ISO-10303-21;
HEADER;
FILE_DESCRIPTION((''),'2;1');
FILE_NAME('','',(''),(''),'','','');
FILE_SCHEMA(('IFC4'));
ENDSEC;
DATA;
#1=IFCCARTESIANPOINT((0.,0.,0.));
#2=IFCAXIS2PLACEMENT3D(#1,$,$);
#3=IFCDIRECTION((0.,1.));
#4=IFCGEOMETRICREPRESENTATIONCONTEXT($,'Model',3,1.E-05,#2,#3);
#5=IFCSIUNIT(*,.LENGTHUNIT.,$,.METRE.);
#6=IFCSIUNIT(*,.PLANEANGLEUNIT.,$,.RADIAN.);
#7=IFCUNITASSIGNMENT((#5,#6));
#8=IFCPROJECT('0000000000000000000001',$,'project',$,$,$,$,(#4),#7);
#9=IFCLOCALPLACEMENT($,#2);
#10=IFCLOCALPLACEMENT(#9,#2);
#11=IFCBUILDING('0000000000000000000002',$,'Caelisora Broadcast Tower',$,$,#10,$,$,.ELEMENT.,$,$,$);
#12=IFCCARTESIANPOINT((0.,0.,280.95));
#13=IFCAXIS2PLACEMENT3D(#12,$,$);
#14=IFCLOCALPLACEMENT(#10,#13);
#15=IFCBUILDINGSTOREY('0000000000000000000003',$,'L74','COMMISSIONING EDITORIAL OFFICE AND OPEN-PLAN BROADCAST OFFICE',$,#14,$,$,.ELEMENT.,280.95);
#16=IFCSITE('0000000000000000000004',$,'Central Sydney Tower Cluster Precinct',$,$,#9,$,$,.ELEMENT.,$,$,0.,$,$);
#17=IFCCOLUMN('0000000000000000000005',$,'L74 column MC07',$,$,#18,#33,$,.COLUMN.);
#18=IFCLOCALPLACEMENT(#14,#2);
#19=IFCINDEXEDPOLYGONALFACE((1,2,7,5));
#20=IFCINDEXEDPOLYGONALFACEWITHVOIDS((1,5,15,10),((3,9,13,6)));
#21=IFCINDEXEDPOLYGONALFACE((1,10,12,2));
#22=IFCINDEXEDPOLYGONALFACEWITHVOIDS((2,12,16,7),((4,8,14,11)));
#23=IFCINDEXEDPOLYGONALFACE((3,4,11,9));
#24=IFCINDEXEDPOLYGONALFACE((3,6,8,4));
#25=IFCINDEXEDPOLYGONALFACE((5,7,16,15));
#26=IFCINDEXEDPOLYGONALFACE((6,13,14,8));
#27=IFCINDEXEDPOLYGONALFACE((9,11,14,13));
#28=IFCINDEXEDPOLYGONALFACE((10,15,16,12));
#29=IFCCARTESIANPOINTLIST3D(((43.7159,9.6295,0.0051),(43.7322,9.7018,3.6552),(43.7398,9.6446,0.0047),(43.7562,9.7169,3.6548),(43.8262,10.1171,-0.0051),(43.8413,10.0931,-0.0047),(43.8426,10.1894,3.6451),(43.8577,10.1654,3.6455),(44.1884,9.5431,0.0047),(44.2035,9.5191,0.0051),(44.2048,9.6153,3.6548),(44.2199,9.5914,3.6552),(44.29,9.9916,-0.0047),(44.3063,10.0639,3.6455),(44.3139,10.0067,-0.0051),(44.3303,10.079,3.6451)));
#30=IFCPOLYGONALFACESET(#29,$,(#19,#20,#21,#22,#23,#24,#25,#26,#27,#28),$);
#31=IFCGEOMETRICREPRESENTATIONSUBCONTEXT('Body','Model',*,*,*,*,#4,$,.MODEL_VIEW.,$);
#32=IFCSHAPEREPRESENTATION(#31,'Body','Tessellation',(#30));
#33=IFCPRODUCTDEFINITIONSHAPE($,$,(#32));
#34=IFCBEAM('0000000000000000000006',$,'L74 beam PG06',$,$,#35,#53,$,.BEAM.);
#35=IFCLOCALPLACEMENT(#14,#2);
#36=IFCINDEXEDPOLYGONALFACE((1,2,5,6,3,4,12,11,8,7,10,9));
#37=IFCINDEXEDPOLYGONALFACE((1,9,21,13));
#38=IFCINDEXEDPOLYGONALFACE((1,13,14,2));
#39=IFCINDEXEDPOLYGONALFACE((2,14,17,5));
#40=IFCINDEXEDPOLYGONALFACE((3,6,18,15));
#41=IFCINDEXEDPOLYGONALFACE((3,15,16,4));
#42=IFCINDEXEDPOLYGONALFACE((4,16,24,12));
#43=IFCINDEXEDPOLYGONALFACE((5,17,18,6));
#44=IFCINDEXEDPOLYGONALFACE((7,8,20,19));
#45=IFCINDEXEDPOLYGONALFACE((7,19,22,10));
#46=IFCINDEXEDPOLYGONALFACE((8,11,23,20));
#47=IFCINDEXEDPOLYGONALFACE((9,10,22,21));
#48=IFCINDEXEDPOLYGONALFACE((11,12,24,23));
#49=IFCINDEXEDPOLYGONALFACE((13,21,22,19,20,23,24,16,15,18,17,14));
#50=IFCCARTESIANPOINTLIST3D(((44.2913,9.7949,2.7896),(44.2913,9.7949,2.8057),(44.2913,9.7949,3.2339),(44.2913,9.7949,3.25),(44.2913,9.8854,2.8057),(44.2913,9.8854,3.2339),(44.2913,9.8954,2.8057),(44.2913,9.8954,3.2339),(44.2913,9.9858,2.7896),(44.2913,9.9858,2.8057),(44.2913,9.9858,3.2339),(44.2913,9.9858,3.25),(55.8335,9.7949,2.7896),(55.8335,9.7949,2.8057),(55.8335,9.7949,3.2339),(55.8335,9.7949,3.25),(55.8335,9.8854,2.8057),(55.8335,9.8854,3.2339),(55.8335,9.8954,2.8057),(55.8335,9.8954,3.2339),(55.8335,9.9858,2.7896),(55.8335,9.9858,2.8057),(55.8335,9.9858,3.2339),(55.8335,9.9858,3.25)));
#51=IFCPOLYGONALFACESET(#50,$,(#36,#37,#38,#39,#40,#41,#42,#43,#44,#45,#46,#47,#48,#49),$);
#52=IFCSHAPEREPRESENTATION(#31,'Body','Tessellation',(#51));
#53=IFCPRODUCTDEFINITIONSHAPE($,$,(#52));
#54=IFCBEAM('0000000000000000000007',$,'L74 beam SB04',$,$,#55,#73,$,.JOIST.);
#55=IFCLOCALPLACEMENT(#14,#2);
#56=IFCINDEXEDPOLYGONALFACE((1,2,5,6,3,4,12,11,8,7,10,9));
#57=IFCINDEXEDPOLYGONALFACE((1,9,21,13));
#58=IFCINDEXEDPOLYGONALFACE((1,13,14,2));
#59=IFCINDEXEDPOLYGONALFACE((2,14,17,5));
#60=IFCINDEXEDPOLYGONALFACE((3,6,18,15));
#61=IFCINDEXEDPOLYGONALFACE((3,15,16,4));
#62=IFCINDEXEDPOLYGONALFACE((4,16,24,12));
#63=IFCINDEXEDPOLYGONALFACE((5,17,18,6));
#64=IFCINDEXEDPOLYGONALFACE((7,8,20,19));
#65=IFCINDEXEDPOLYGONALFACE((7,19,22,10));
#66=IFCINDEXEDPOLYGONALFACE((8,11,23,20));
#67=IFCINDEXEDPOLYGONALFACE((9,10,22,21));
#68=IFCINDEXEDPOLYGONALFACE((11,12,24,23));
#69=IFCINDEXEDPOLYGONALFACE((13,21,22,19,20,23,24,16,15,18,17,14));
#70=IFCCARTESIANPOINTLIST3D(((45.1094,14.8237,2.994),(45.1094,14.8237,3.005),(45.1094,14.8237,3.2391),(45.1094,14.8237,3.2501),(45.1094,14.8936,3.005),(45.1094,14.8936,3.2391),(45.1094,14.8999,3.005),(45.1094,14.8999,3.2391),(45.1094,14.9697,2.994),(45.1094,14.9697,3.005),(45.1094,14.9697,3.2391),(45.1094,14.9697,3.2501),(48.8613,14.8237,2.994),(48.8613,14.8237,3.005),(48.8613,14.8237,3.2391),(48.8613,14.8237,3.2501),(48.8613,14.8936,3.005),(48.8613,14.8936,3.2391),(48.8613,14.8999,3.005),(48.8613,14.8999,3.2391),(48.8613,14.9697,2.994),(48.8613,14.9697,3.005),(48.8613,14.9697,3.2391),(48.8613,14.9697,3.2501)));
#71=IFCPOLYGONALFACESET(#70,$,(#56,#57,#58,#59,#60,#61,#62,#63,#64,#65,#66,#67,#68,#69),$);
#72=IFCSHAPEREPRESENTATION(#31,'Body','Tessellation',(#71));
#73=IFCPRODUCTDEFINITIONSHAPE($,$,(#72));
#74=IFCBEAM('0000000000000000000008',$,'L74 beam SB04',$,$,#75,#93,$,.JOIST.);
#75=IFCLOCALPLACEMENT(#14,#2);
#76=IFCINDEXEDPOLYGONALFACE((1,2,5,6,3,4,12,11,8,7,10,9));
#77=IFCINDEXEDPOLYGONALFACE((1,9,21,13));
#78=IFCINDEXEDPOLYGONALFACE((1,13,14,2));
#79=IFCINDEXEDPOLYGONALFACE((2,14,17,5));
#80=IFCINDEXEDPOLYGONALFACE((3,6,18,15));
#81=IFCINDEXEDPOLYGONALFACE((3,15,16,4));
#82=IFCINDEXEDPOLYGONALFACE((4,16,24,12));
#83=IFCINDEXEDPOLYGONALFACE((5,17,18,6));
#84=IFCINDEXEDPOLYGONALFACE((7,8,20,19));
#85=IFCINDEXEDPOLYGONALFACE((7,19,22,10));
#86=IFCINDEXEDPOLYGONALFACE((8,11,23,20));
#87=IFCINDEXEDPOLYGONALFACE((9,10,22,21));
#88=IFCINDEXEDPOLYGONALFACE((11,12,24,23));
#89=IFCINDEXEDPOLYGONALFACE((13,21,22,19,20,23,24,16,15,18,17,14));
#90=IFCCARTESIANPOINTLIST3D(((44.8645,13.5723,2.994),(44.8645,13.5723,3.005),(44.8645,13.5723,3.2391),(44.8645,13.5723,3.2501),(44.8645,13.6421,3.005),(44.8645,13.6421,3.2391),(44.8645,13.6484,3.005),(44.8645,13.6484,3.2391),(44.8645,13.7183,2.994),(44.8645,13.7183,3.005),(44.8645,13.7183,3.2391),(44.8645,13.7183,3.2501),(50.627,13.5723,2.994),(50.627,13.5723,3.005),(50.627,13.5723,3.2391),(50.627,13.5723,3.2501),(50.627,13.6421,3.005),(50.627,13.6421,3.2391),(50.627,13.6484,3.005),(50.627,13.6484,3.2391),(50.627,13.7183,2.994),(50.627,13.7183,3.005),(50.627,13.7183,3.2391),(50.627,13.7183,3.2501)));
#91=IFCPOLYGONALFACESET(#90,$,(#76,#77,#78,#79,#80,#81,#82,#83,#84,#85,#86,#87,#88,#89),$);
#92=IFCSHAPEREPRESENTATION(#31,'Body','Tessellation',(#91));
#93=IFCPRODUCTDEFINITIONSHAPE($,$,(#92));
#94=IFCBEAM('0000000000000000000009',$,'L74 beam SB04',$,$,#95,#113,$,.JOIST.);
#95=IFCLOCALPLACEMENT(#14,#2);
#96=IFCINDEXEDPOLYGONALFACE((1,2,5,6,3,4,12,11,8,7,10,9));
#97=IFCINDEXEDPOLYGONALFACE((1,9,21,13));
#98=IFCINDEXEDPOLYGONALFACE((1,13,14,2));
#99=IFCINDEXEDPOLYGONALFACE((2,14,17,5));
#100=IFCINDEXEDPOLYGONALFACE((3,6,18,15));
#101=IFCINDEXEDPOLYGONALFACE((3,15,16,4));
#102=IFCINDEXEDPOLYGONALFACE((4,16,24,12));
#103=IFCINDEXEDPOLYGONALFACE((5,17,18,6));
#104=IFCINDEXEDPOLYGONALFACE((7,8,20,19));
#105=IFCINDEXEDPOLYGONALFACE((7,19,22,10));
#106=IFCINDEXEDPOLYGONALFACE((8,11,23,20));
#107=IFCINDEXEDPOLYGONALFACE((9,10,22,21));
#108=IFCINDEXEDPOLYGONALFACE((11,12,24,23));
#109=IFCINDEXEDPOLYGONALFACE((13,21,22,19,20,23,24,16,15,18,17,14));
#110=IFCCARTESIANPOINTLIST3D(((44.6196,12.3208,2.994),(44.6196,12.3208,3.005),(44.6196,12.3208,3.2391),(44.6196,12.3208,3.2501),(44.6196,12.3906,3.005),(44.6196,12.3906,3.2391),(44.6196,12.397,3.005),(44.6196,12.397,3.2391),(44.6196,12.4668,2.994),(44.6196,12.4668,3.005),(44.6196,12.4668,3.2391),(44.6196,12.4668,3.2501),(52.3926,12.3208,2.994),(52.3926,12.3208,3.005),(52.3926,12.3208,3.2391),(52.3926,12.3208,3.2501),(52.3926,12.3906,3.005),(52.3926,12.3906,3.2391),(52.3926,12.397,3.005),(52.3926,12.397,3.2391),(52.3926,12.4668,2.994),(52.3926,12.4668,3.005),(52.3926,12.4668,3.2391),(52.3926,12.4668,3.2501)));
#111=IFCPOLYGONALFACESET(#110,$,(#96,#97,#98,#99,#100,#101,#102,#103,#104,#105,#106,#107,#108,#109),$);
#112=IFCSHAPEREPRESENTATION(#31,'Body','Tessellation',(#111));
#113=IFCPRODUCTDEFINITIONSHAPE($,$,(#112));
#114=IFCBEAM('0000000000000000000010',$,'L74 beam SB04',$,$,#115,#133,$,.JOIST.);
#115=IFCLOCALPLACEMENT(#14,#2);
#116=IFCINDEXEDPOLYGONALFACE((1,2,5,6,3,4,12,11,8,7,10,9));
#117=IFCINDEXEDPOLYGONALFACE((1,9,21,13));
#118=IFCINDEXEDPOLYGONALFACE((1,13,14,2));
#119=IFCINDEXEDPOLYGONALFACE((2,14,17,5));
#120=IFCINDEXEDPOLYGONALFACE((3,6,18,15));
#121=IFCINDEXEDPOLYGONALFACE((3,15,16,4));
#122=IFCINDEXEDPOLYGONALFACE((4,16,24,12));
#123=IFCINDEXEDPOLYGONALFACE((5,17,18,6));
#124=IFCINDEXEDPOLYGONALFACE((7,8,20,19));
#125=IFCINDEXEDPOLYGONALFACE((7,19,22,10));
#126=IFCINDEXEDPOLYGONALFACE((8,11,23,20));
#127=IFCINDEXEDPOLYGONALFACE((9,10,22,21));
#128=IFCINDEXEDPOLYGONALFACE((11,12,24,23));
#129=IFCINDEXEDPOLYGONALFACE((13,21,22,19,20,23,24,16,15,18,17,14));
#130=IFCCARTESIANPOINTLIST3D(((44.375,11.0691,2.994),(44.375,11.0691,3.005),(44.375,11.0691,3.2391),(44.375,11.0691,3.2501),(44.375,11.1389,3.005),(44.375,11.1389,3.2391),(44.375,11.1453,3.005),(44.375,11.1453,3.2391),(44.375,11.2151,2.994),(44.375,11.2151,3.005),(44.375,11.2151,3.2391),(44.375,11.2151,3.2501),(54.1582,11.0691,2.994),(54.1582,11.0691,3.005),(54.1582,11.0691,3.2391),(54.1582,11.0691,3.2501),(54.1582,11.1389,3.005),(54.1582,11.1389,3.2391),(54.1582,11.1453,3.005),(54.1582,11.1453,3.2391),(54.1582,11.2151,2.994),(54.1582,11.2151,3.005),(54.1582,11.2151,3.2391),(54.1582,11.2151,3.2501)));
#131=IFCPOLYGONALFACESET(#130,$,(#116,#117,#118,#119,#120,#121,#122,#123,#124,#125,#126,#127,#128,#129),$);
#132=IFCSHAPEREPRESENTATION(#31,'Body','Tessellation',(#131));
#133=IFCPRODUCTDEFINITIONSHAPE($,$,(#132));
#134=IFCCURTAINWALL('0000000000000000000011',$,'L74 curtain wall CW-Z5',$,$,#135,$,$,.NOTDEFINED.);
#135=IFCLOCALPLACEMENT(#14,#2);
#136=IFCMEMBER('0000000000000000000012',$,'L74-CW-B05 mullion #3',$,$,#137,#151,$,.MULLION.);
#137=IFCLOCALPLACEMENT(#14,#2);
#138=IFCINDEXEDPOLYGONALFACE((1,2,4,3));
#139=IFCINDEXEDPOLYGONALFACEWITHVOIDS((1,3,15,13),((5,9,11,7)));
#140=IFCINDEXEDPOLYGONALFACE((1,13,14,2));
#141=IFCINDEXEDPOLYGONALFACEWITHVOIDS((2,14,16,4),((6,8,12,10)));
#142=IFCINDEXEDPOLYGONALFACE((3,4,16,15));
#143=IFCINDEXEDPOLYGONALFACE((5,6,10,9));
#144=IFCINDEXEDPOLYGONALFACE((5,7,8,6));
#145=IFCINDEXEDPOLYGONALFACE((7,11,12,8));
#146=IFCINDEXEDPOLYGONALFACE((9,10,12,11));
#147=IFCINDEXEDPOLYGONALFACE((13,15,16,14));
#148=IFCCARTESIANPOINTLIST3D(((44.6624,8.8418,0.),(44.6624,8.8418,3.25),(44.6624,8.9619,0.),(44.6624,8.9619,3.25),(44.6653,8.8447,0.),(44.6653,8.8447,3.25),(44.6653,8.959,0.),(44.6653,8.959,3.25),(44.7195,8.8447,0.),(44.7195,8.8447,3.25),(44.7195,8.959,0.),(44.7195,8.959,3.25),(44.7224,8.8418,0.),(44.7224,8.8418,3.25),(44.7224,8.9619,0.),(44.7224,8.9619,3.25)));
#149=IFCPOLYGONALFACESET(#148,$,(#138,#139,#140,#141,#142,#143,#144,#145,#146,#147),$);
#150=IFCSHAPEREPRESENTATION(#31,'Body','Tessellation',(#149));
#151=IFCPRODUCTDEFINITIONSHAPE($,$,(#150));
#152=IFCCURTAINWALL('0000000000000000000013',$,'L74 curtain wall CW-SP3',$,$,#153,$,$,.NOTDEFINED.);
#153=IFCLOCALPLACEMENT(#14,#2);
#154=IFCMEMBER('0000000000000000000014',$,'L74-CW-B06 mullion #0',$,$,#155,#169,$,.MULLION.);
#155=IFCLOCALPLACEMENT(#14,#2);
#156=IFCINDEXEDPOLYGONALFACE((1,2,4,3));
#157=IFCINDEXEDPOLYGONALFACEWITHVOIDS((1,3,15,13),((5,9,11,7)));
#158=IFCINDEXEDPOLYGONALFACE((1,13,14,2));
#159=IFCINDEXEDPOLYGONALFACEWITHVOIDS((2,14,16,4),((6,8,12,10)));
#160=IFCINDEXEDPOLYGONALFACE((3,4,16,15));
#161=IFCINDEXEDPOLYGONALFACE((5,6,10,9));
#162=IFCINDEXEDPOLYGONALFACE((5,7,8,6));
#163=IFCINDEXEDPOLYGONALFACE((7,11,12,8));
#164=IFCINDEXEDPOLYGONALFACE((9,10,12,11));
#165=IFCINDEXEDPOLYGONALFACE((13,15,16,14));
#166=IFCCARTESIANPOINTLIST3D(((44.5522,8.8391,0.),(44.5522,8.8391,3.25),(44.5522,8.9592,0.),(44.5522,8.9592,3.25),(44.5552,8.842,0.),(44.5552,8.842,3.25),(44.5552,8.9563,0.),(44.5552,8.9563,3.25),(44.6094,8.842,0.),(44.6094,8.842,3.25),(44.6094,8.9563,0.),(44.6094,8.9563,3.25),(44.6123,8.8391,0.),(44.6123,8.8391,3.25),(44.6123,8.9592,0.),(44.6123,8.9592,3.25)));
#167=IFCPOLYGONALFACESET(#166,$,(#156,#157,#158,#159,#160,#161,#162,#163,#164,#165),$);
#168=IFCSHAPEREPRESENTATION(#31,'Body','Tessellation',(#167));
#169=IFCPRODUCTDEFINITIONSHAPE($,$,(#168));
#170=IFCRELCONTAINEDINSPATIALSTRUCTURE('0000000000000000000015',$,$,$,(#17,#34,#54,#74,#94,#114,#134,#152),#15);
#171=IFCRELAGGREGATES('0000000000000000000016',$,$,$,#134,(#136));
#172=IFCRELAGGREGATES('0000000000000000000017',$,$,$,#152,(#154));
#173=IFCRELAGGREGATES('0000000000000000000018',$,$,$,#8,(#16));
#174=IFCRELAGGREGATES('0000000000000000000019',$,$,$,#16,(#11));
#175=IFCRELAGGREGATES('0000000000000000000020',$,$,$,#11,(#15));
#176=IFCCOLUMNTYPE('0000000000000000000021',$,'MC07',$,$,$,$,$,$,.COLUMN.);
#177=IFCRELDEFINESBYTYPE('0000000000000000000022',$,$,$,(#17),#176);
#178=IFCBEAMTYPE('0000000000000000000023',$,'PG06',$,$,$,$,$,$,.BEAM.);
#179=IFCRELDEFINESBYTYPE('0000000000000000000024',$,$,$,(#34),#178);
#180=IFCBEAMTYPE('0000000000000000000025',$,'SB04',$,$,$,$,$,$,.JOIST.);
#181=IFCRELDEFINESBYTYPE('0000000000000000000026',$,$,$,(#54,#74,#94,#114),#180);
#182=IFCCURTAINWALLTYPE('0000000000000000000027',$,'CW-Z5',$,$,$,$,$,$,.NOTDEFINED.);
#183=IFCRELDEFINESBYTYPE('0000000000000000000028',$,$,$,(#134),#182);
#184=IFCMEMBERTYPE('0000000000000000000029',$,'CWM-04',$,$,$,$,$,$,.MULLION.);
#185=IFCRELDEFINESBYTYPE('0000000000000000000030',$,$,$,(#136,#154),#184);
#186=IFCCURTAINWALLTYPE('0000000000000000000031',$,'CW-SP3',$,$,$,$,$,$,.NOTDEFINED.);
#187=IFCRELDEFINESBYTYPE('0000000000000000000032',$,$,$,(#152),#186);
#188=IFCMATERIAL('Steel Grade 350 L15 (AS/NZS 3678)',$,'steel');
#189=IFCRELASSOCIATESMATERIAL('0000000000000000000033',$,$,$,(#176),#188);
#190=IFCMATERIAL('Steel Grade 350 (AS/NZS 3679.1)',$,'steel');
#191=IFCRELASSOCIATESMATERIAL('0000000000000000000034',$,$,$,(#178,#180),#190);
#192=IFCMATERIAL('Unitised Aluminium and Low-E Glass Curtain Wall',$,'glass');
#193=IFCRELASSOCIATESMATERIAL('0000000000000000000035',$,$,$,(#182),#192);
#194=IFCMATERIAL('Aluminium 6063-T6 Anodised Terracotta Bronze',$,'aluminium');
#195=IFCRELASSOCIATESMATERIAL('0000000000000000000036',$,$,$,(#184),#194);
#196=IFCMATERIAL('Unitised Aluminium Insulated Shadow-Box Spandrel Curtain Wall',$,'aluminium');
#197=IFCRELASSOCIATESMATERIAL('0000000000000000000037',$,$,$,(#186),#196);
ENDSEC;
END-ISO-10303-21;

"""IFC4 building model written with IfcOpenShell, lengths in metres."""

from ifc_helpers import new_model, si_unit, direction, frame, origin, origin_2d, place, context, subcontext, project, spatial, hollow_rectangle, i_section, extrude, source, transform, mapped, material, material_profile, profile_set, type_object, type_shapes, element, aggregate, save


model = new_model("IFC4")

# Units and contexts
model_context = context("Model", 3, precision=1e-05, world=origin(), true_north=direction((0.0, 1.0)))
body_context = subcontext(model_context, "Body", "Model", "MODEL_VIEW")
ifc_project = project(units=[si_unit("LENGTHUNIT", "METRE"), si_unit("PLANEANGLEUNIT", "RADIAN")], contexts=[model_context])

# Site, building, storey
site_placement = place(None, origin())
site = spatial("IfcSite", under=ifc_project, at=site_placement, Name="Central Sydney Tower Cluster Precinct", CompositionType="ELEMENT", RefElevation=0.0)
building_placement = place(site_placement, origin())
building = spatial("IfcBuilding", under=site, at=building_placement, Name="Caelisora Broadcast Tower", CompositionType="ELEMENT")
storey_placement = place(building_placement, frame((0.0, 0.0, 280.95)))
storey = spatial("IfcBuildingStorey", under=building, at=storey_placement, Name="L74", Description="COMMISSIONING EDITORIAL OFFICE AND OPEN-PLAN BROADCAST OFFICE", CompositionType="ELEMENT", Elevation=280.95)

# Column
ifc_material_1 = material(Name="Steel Grade 350 L15 (AS/NZS 3678)", Category="steel")
ifc_material_profile_1 = material_profile(ifc_material_1, hollow_rectangle(XDim=0.5, YDim=0.5, WallThickness=0.02, at=origin_2d()), Name="Steel Grade 350 L15 (AS/NZS 3678)")
ifc_profile_set_1 = profile_set([ifc_material_profile_1], Name="Steel Grade 350 L15 (AS/NZS 3678)")
column_type = type_object("IfcColumnType", Name="MC07", PredefinedType="COLUMN", material=ifc_profile_set_1)
shared_shape_1 = source(origin(), body_context, "Body", "SweptSolid", [
    extrude(hollow_rectangle(XDim=0.5, YDim=0.5, WallThickness=0.02, at=origin_2d()), origin(), (0.0, 0.0, 1.0), 3.6509),
])
type_shapes(column_type, [shared_shape_1])
column_placement = place(storey_placement, frame((44.0149, 9.8181, 0.0), z_axis=(0.00448, 0.019794, 0.999794), x_axis=(-0.975327, 0.220767, 0.0)))
element("IfcColumn", 1, at=column_placement, inside=storey, type_object=column_type, Name="L74 column MC07", PredefinedType="COLUMN", context=body_context, shape_type="MappedRepresentation", body=[
    mapped(shared_shape_1, transform((0.0, 0.0, 0.0), scale=1.0)),
])

# Beams
ifc_material_2 = material(Name="Steel Grade 350 (AS/NZS 3679.1)", Category="steel")
ifc_material_profile_2 = material_profile(ifc_material_2, i_section(OverallWidth=0.1909, OverallDepth=0.4604, WebThickness=0.01, FlangeThickness=0.0161, at=origin_2d()), Name="Steel Grade 350 (AS/NZS 3679.1)")
ifc_profile_set_2 = profile_set([ifc_material_profile_2], Name="Steel Grade 350 (AS/NZS 3679.1)")
beam_type_1 = type_object("IfcBeamType", Name="PG06", PredefinedType="BEAM", material=ifc_profile_set_2)
shared_shape_2 = source(origin(), body_context, "Body", "SweptSolid", [
    extrude(i_section(OverallWidth=0.1909, OverallDepth=0.4604, WebThickness=0.01, FlangeThickness=0.0161, at=origin_2d()), origin(), (0.0, 0.0, 1.0), 11.5422),
])
type_shapes(beam_type_1, [shared_shape_2])
beam_1_placement = place(storey_placement, frame((44.2913, 9.8904, 3.0198), z_axis=(1.0, 0.0, 0.0), x_axis=(0.0, 1.0, 0.0)))
element("IfcBeam", 2, at=beam_1_placement, inside=storey, type_object=beam_type_1, Name="L74 beam PG06", PredefinedType="BEAM", context=body_context, shape_type="MappedRepresentation", body=[
    mapped(shared_shape_2, transform((0.0, 0.0, 0.0), scale=1.0)),
])
ifc_material_profile_3 = material_profile(ifc_material_2, i_section(OverallWidth=0.146, OverallDepth=0.2561, WebThickness=0.0063, FlangeThickness=0.011, at=origin_2d()), Name="Steel Grade 350 (AS/NZS 3679.1)")
ifc_profile_set_3 = profile_set([ifc_material_profile_3], Name="Steel Grade 350 (AS/NZS 3679.1)")
beam_type_2 = type_object("IfcBeamType", Name="SB04", PredefinedType="JOIST", material=ifc_profile_set_3)
shared_shape_3 = source(origin(), body_context, "Body", "SweptSolid", [
    extrude(i_section(OverallWidth=0.146, OverallDepth=0.2561, WebThickness=0.0063, FlangeThickness=0.011, at=origin_2d()), origin(), (0.0, 0.0, 1.0), 3.752),
])
beam_2_placement = place(storey_placement, frame((45.1094, 14.8967, 3.1221), z_axis=(1.0, 0.0, 0.0), x_axis=(0.0, 1.0, 0.0)))
element("IfcBeam", 3, at=beam_2_placement, inside=storey, type_object=beam_type_2, Name="L74 beam SB04", PredefinedType="JOIST", context=body_context, shape_type="MappedRepresentation", body=[
    mapped(shared_shape_3, transform((0.0, 0.0, 0.0), scale=1.0)),
])
shared_shape_4 = source(origin(), body_context, "Body", "SweptSolid", [
    extrude(i_section(OverallWidth=0.146, OverallDepth=0.2561, WebThickness=0.0063, FlangeThickness=0.011, at=origin_2d()), origin(), (0.0, 0.0, 1.0), 5.7625),
])
beam_3_placement = place(storey_placement, frame((44.8645, 13.6453, 3.1221), z_axis=(1.0, 0.0, 0.0), x_axis=(0.0, 1.0, 0.0)))
element("IfcBeam", 4, at=beam_3_placement, inside=storey, type_object=beam_type_2, Name="L74 beam SB04", PredefinedType="JOIST", context=body_context, shape_type="MappedRepresentation", body=[
    mapped(shared_shape_4, transform((0.0, 0.0, 0.0), scale=1.0)),
])
shared_shape_5 = source(origin(), body_context, "Body", "SweptSolid", [
    extrude(i_section(OverallWidth=0.146, OverallDepth=0.2561, WebThickness=0.0063, FlangeThickness=0.011, at=origin_2d()), origin(), (0.0, 0.0, 1.0), 7.7729),
])
beam_4_placement = place(storey_placement, frame((44.6196, 12.3938, 3.1221), z_axis=(1.0, 0.0, 0.0), x_axis=(0.0, 1.0, 0.0)))
element("IfcBeam", 5, at=beam_4_placement, inside=storey, type_object=beam_type_2, Name="L74 beam SB04", PredefinedType="JOIST", context=body_context, shape_type="MappedRepresentation", body=[
    mapped(shared_shape_5, transform((0.0, 0.0, 0.0), scale=1.0)),
])
shared_shape_6 = source(origin(), body_context, "Body", "SweptSolid", [
    extrude(i_section(OverallWidth=0.146, OverallDepth=0.2561, WebThickness=0.0063, FlangeThickness=0.011, at=origin_2d()), origin(), (0.0, 0.0, 1.0), 9.7832),
])
type_shapes(beam_type_2, [shared_shape_3, shared_shape_4, shared_shape_5, shared_shape_6])
beam_5_placement = place(storey_placement, frame((44.375, 11.1421, 3.1221), z_axis=(1.0, 0.0, 0.0), x_axis=(0.0, 1.0, 0.0)))
element("IfcBeam", 6, at=beam_5_placement, inside=storey, type_object=beam_type_2, Name="L74 beam SB04", PredefinedType="JOIST", context=body_context, shape_type="MappedRepresentation", body=[
    mapped(shared_shape_6, transform((0.0, 0.0, 0.0), scale=1.0)),
])

# Curtain wall, member
ifc_material_3 = material(Name="Unitised Aluminium and Low-E Glass Curtain Wall", Category="glass")
curtain_wall_type_1 = type_object("IfcCurtainWallType", Name="CW-Z5", PredefinedType="NOTDEFINED", material=ifc_material_3)
curtain_wall_1_placement = place(storey_placement, origin())
curtain_wall_1 = element("IfcCurtainWall", 7, at=curtain_wall_1_placement, inside=storey, type_object=curtain_wall_type_1, Name="L74 curtain wall CW-Z5", PredefinedType="NOTDEFINED")
ifc_material_4 = material(Name="Aluminium 6063-T6 Anodised Terracotta Bronze", Category="aluminium")
ifc_material_profile_4 = material_profile(ifc_material_4, hollow_rectangle(XDim=0.0601, YDim=0.1201, WallThickness=0.0029, at=origin_2d()), Name="Aluminium 6063-T6 Anodised Terracotta Bronze")
ifc_profile_set_4 = profile_set([ifc_material_profile_4], Name="Aluminium 6063-T6 Anodised Terracotta Bronze")
member_type_1 = type_object("IfcMemberType", Name="CWM-04", PredefinedType="MULLION", material=ifc_profile_set_4)
shared_shape_7 = source(origin(), body_context, "Body", "SweptSolid", [
    extrude(hollow_rectangle(XDim=0.0601, YDim=0.1201, WallThickness=0.0029, at=origin_2d()), origin(), (0.0, 0.0, 1.0), 3.25),
])
type_shapes(member_type_1, [shared_shape_7])
member_1_placement = place(storey_placement, frame((44.6924, 8.9019, 0.0), z_axis=(0.0, 0.0, 1.0), x_axis=(1.0, 0.0, 0.0)))
member_1 = element("IfcMember", 8, at=member_1_placement, type_object=member_type_1, Name="L74-CW-B05 mullion #3", PredefinedType="MULLION", context=body_context, shape_type="MappedRepresentation", body=[
    mapped(shared_shape_7, transform((0.0, 0.0, 0.0), scale=1.0)),
])
aggregate(curtain_wall_1, [member_1])

# Curtain wall, member
ifc_material_5 = material(Name="Unitised Aluminium Insulated Shadow-Box Spandrel Curtain Wall", Category="aluminium")
curtain_wall_type_2 = type_object("IfcCurtainWallType", Name="CW-SP3", PredefinedType="NOTDEFINED", material=ifc_material_5)
curtain_wall_2_placement = place(storey_placement, origin())
curtain_wall_2 = element("IfcCurtainWall", 9, at=curtain_wall_2_placement, inside=storey, type_object=curtain_wall_type_2, Name="L74 curtain wall CW-SP3", PredefinedType="NOTDEFINED")
member_2_placement = place(storey_placement, frame((44.5823, 8.8992, 0.0), z_axis=(0.0, 0.0, 1.0), x_axis=(1.0, 0.0, 0.0)))
member_2 = element("IfcMember", 10, at=member_2_placement, type_object=member_type_1, Name="L74-CW-B06 mullion #0", PredefinedType="MULLION", context=body_context, shape_type="MappedRepresentation", body=[
    mapped(shared_shape_7, transform((0.0, 0.0, 0.0), scale=1.0)),
])

aggregate(curtain_wall_2, [member_2])

save(model, "model.ifc")
